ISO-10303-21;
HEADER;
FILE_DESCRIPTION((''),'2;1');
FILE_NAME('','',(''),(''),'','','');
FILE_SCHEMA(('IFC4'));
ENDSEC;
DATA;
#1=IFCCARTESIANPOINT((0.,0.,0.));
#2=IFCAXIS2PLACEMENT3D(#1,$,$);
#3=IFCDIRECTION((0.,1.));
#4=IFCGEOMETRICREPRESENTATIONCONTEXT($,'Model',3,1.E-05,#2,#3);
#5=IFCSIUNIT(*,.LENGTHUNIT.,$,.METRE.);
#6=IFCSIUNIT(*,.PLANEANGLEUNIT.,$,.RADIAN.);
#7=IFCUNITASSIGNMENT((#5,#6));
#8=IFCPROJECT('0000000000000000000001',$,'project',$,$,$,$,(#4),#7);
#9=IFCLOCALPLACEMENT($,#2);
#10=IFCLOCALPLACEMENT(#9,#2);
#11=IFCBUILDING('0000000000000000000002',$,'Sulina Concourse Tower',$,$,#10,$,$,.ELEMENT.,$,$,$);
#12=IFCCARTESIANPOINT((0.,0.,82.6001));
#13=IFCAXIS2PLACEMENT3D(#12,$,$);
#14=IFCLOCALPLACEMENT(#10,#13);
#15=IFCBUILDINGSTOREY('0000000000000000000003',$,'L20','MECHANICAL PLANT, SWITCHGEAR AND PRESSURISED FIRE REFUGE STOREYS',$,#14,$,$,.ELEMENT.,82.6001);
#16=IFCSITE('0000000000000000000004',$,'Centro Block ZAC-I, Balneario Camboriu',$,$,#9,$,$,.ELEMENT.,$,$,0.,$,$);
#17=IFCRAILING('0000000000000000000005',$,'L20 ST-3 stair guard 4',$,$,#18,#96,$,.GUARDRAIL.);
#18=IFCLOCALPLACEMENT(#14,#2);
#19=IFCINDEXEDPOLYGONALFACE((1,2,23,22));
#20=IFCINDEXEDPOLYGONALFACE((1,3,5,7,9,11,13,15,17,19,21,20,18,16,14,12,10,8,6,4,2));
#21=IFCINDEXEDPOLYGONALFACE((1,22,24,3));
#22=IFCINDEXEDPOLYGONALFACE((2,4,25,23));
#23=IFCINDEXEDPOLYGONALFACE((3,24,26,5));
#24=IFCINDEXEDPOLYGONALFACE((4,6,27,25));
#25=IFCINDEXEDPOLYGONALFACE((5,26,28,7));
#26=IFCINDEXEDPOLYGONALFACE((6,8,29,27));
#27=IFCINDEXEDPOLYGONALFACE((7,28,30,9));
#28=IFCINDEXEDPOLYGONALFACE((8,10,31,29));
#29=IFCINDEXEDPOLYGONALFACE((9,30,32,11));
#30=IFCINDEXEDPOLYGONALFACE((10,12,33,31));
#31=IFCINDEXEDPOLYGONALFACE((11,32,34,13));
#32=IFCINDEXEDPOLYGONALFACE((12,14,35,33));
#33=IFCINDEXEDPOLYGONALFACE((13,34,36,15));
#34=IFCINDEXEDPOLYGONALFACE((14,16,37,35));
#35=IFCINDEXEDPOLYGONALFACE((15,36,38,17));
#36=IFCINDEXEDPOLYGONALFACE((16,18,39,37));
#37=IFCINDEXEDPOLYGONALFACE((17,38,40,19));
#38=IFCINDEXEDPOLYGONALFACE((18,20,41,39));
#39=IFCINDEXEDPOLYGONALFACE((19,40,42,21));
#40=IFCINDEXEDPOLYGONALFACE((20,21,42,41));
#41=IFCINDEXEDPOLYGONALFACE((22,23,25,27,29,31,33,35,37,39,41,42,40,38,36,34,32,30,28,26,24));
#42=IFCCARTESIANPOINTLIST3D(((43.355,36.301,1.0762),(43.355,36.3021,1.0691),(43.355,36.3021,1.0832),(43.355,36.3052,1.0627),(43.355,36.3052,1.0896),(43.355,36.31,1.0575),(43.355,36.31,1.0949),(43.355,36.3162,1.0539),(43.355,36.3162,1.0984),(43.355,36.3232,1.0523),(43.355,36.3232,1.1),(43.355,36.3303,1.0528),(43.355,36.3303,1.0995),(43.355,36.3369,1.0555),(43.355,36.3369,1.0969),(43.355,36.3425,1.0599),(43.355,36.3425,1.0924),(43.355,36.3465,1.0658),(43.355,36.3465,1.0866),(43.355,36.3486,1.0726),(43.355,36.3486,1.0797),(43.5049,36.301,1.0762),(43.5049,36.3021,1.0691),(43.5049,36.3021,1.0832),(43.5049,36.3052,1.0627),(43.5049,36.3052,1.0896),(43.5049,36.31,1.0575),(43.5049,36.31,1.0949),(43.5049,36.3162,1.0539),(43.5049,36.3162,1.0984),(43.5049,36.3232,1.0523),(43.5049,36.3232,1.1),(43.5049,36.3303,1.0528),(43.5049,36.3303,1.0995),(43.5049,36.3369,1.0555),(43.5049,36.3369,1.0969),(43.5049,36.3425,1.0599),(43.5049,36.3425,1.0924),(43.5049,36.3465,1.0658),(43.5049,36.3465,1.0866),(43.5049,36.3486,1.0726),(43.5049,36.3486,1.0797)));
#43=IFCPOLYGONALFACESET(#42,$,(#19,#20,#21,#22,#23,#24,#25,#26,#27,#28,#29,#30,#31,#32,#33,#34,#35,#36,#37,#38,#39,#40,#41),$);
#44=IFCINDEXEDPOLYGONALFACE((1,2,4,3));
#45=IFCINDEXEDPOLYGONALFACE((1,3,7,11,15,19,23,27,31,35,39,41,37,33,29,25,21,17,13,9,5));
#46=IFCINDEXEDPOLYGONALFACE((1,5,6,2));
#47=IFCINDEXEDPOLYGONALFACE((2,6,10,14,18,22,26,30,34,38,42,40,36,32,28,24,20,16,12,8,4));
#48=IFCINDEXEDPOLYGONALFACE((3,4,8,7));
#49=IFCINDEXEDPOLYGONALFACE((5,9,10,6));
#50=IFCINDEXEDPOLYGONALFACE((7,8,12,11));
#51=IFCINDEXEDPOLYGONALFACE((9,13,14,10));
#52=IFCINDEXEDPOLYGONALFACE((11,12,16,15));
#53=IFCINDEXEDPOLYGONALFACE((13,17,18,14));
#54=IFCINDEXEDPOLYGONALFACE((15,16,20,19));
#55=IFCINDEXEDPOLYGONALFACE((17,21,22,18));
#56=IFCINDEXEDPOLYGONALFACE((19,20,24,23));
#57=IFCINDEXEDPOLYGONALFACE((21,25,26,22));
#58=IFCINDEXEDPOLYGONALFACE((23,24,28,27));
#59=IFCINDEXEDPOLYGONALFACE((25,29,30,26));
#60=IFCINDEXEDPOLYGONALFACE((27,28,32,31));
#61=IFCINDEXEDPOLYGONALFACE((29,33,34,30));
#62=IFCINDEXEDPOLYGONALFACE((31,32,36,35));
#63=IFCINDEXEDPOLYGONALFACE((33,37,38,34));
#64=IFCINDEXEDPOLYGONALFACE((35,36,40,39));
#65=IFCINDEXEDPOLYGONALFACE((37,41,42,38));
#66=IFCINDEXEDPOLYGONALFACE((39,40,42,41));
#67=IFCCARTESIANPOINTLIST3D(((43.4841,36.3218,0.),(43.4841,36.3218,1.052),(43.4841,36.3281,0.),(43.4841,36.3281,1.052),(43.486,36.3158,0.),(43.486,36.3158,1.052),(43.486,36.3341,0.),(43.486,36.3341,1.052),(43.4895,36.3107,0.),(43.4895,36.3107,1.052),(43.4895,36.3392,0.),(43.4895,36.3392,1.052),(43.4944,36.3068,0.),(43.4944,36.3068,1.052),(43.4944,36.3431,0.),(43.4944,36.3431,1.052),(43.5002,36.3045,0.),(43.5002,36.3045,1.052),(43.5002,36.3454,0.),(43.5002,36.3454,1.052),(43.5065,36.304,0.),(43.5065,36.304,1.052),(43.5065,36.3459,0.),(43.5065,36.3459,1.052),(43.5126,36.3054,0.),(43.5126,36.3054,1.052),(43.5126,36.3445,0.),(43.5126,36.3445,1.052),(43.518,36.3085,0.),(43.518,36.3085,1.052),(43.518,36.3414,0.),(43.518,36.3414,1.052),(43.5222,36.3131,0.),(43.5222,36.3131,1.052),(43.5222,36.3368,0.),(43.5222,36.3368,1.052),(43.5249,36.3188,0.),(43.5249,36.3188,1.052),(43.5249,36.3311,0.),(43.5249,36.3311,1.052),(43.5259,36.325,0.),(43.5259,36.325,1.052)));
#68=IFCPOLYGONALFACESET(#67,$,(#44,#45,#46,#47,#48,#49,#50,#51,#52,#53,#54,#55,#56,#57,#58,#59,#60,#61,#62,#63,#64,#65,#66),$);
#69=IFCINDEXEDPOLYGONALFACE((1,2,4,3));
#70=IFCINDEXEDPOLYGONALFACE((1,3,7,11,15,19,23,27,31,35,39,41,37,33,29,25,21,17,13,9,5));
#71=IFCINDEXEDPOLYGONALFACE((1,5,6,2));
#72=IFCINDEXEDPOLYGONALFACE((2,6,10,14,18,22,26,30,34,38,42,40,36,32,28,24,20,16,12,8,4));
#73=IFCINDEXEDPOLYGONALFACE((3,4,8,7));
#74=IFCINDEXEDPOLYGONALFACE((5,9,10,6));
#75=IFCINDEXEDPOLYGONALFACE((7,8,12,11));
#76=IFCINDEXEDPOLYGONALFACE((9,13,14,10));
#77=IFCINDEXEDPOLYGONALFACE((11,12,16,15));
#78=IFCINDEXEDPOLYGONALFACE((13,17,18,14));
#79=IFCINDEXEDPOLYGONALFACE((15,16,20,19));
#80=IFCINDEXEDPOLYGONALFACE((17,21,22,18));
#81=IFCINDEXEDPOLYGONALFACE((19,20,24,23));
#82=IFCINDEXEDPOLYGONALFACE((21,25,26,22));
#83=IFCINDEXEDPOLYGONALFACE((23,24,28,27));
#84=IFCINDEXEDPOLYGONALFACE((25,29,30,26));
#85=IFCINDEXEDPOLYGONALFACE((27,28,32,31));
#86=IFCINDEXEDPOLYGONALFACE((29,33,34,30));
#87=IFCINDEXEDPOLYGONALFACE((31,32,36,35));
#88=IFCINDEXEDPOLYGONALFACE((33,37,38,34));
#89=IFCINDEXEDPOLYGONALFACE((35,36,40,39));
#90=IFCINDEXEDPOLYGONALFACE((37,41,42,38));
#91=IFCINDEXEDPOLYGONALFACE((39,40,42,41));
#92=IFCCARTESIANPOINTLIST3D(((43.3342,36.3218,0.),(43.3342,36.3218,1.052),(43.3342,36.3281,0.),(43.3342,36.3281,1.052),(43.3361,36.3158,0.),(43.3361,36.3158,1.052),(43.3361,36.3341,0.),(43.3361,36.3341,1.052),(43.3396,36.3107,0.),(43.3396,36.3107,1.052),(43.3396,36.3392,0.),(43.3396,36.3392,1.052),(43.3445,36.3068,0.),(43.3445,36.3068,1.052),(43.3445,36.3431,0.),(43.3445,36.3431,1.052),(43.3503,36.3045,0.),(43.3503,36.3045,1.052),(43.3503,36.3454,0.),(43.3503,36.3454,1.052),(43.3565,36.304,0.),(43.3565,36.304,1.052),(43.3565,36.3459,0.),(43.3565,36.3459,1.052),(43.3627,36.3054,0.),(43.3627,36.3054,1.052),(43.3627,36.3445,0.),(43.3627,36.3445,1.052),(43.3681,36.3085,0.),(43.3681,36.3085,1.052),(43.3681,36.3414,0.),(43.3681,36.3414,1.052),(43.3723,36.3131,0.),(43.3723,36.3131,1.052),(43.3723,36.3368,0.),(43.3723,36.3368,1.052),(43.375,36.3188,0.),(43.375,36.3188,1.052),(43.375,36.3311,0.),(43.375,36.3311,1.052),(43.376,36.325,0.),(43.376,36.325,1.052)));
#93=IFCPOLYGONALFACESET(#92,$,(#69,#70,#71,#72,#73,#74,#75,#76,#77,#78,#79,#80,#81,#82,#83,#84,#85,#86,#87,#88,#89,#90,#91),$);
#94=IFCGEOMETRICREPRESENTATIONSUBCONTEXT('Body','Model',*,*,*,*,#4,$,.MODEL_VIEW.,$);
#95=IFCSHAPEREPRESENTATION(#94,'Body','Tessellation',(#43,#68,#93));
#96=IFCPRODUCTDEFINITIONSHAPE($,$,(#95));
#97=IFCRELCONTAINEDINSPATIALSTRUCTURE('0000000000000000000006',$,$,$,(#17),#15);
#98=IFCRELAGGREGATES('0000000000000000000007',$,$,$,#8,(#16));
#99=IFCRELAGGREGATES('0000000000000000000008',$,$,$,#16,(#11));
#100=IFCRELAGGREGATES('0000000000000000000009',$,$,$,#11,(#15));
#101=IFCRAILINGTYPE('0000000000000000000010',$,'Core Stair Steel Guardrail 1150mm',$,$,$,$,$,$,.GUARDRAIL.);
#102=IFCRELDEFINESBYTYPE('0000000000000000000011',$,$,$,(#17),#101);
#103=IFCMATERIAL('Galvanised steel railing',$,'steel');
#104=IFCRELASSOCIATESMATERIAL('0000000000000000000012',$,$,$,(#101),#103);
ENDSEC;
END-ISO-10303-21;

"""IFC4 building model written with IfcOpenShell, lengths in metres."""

from ifc_helpers import new_model, si_unit, direction, frame, origin, origin_2d, place, context, subcontext, project, spatial, circle, extrude, material, type_object, element, save


model = new_model("IFC4")

# Units and contexts
model_context = context("Model", 3, precision=1e-05, world=origin(), true_north=direction((0.0, 1.0)))
body_context = subcontext(model_context, "Body", "Model", "MODEL_VIEW")
ifc_project = project(units=[si_unit("LENGTHUNIT", "METRE"), si_unit("PLANEANGLEUNIT", "RADIAN")], contexts=[model_context])

# Site, building, storey
site_placement = place(None, origin())
site = spatial("IfcSite", under=ifc_project, at=site_placement, Name="Centro Block ZAC-I, Balneario Camboriu", CompositionType="ELEMENT", RefElevation=0.0)
building_placement = place(site_placement, origin())
building = spatial("IfcBuilding", under=site, at=building_placement, Name="Sulina Concourse Tower", CompositionType="ELEMENT")
storey_placement = place(building_placement, frame((0.0, 0.0, 82.6001)))
storey = spatial("IfcBuildingStorey", under=building, at=storey_placement, Name="L20", Description="MECHANICAL PLANT, SWITCHGEAR AND PRESSURISED FIRE REFUGE STOREYS", CompositionType="ELEMENT", Elevation=82.6001)

# Railing
ifc_material_1 = material(Name="Galvanised steel railing", Category="steel")
railing_type_1 = type_object("IfcRailingType", Name="Core Stair Steel Guardrail 1150mm", PredefinedType="GUARDRAIL", material=ifc_material_1)
railing_1_placement = place(storey_placement, frame((43.5049, 36.325, 0.0)))
element("IfcRailing", 1, at=railing_1_placement, inside=storey, type_object=railing_type_1, Name="L20 ST-3 stair guard 4", PredefinedType="GUARDRAIL", context=body_context, shape_type="SweptSolid", body=[
    extrude(circle(Radius=0.0239, at=origin_2d()), frame((0.0, 0.0, 1.0762), z_axis=(-1.0, 0.0, 0.0), x_axis=(0.0, -1.0, 0.0)), (0.0, 0.0, 1.0), 0.1499),
    extrude(circle(Radius=0.021, at=origin_2d()), origin(), (0.0, 0.0, 1.0), 1.052),
    extrude(circle(Radius=0.021, at=origin_2d()), frame((-0.1499, 0.0, 0.0)), (0.0, 0.0, 1.0), 1.052),
])

save(model, "model.ifc")
